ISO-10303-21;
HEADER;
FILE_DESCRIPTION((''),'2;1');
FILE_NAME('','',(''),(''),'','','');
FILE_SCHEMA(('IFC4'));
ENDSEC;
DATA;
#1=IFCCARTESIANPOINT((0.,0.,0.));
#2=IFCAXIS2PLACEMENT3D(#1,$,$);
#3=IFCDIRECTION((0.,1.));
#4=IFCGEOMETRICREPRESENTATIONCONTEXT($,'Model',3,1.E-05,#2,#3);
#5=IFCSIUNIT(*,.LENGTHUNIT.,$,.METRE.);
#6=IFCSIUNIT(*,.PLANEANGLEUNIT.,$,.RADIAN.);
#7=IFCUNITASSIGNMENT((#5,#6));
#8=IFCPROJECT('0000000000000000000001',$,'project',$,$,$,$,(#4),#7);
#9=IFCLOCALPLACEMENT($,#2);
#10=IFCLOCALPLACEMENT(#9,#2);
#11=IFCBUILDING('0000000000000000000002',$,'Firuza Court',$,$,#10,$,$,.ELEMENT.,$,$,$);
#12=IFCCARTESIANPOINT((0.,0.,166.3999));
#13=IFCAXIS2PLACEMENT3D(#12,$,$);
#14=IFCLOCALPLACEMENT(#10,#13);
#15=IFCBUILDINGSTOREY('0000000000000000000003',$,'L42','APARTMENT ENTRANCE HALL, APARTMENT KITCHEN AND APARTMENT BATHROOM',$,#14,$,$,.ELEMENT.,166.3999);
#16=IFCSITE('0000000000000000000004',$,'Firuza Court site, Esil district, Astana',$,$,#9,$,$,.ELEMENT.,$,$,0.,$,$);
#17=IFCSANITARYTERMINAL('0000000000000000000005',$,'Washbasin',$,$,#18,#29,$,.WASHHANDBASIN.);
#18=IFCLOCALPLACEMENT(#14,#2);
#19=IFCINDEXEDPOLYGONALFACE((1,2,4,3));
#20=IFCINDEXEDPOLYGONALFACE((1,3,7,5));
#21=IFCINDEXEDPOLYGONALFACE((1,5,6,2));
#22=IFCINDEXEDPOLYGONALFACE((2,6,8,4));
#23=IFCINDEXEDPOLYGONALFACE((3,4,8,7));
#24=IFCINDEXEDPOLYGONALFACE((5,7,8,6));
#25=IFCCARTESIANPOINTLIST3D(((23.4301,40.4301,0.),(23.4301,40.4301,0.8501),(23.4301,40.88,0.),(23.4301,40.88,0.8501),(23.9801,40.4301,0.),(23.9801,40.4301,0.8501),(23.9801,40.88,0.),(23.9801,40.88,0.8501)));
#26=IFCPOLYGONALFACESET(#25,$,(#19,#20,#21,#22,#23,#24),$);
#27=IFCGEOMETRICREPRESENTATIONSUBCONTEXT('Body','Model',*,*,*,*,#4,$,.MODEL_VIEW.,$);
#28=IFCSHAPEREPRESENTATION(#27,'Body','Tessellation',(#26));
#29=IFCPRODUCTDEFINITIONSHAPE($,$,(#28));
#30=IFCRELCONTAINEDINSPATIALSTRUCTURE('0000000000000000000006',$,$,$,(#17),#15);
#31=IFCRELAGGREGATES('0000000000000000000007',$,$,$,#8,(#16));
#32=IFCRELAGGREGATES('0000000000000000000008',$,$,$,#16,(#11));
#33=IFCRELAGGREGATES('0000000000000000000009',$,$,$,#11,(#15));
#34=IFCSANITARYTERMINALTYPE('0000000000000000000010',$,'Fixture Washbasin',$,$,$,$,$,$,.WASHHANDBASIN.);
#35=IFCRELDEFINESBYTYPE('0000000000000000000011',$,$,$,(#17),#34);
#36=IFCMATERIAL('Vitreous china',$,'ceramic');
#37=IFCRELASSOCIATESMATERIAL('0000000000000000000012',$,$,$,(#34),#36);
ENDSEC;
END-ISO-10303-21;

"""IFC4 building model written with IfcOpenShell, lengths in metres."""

from ifc_helpers import new_model, si_unit, direction, frame, origin, origin_2d, place, context, subcontext, project, spatial, rectangle, extrude, material, type_object, element, save


model = new_model("IFC4")

# Units and contexts
model_context = context("Model", 3, precision=1e-05, world=origin(), true_north=direction((0.0, 1.0)))
body_context = subcontext(model_context, "Body", "Model", "MODEL_VIEW")
ifc_project = project(units=[si_unit("LENGTHUNIT", "METRE"), si_unit("PLANEANGLEUNIT", "RADIAN")], contexts=[model_context])

# Site, building, storey
site_placement = place(None, origin())
site = spatial("IfcSite", under=ifc_project, at=site_placement, Name="Firuza Court site, Esil district, Astana", CompositionType="ELEMENT", RefElevation=0.0)
building_placement = place(site_placement, origin())
building = spatial("IfcBuilding", under=site, at=building_placement, Name="Firuza Court", CompositionType="ELEMENT")
storey_placement = place(building_placement, frame((0.0, 0.0, 166.3999)))
storey = spatial("IfcBuildingStorey", under=building, at=storey_placement, Name="L42", Description="APARTMENT ENTRANCE HALL, APARTMENT KITCHEN AND APARTMENT BATHROOM", CompositionType="ELEMENT", Elevation=166.3999)

# Sanitary terminal
ifc_material_1 = material(Name="Vitreous china", Category="ceramic")
sanitary_terminal_type_1 = type_object("IfcSanitaryTerminalType", Name="Fixture Washbasin", PredefinedType="WASHHANDBASIN", material=ifc_material_1)
sanitary_terminal_1_placement = place(storey_placement, frame((23.7051, 40.655, 0.0), z_axis=(0.0, 0.0, 1.0), x_axis=(1.0, 0.0, 0.0)))
element("IfcSanitaryTerminal", 1, at=sanitary_terminal_1_placement, inside=storey, type_object=sanitary_terminal_type_1, Name="Washbasin", PredefinedType="WASHHANDBASIN", context=body_context, shape_type="SweptSolid", body=[
    extrude(rectangle(XDim=0.55, YDim=0.45, at=origin_2d()), origin(), (0.0, 0.0, 1.0), 0.8501),
])

save(model, "model.ifc")
